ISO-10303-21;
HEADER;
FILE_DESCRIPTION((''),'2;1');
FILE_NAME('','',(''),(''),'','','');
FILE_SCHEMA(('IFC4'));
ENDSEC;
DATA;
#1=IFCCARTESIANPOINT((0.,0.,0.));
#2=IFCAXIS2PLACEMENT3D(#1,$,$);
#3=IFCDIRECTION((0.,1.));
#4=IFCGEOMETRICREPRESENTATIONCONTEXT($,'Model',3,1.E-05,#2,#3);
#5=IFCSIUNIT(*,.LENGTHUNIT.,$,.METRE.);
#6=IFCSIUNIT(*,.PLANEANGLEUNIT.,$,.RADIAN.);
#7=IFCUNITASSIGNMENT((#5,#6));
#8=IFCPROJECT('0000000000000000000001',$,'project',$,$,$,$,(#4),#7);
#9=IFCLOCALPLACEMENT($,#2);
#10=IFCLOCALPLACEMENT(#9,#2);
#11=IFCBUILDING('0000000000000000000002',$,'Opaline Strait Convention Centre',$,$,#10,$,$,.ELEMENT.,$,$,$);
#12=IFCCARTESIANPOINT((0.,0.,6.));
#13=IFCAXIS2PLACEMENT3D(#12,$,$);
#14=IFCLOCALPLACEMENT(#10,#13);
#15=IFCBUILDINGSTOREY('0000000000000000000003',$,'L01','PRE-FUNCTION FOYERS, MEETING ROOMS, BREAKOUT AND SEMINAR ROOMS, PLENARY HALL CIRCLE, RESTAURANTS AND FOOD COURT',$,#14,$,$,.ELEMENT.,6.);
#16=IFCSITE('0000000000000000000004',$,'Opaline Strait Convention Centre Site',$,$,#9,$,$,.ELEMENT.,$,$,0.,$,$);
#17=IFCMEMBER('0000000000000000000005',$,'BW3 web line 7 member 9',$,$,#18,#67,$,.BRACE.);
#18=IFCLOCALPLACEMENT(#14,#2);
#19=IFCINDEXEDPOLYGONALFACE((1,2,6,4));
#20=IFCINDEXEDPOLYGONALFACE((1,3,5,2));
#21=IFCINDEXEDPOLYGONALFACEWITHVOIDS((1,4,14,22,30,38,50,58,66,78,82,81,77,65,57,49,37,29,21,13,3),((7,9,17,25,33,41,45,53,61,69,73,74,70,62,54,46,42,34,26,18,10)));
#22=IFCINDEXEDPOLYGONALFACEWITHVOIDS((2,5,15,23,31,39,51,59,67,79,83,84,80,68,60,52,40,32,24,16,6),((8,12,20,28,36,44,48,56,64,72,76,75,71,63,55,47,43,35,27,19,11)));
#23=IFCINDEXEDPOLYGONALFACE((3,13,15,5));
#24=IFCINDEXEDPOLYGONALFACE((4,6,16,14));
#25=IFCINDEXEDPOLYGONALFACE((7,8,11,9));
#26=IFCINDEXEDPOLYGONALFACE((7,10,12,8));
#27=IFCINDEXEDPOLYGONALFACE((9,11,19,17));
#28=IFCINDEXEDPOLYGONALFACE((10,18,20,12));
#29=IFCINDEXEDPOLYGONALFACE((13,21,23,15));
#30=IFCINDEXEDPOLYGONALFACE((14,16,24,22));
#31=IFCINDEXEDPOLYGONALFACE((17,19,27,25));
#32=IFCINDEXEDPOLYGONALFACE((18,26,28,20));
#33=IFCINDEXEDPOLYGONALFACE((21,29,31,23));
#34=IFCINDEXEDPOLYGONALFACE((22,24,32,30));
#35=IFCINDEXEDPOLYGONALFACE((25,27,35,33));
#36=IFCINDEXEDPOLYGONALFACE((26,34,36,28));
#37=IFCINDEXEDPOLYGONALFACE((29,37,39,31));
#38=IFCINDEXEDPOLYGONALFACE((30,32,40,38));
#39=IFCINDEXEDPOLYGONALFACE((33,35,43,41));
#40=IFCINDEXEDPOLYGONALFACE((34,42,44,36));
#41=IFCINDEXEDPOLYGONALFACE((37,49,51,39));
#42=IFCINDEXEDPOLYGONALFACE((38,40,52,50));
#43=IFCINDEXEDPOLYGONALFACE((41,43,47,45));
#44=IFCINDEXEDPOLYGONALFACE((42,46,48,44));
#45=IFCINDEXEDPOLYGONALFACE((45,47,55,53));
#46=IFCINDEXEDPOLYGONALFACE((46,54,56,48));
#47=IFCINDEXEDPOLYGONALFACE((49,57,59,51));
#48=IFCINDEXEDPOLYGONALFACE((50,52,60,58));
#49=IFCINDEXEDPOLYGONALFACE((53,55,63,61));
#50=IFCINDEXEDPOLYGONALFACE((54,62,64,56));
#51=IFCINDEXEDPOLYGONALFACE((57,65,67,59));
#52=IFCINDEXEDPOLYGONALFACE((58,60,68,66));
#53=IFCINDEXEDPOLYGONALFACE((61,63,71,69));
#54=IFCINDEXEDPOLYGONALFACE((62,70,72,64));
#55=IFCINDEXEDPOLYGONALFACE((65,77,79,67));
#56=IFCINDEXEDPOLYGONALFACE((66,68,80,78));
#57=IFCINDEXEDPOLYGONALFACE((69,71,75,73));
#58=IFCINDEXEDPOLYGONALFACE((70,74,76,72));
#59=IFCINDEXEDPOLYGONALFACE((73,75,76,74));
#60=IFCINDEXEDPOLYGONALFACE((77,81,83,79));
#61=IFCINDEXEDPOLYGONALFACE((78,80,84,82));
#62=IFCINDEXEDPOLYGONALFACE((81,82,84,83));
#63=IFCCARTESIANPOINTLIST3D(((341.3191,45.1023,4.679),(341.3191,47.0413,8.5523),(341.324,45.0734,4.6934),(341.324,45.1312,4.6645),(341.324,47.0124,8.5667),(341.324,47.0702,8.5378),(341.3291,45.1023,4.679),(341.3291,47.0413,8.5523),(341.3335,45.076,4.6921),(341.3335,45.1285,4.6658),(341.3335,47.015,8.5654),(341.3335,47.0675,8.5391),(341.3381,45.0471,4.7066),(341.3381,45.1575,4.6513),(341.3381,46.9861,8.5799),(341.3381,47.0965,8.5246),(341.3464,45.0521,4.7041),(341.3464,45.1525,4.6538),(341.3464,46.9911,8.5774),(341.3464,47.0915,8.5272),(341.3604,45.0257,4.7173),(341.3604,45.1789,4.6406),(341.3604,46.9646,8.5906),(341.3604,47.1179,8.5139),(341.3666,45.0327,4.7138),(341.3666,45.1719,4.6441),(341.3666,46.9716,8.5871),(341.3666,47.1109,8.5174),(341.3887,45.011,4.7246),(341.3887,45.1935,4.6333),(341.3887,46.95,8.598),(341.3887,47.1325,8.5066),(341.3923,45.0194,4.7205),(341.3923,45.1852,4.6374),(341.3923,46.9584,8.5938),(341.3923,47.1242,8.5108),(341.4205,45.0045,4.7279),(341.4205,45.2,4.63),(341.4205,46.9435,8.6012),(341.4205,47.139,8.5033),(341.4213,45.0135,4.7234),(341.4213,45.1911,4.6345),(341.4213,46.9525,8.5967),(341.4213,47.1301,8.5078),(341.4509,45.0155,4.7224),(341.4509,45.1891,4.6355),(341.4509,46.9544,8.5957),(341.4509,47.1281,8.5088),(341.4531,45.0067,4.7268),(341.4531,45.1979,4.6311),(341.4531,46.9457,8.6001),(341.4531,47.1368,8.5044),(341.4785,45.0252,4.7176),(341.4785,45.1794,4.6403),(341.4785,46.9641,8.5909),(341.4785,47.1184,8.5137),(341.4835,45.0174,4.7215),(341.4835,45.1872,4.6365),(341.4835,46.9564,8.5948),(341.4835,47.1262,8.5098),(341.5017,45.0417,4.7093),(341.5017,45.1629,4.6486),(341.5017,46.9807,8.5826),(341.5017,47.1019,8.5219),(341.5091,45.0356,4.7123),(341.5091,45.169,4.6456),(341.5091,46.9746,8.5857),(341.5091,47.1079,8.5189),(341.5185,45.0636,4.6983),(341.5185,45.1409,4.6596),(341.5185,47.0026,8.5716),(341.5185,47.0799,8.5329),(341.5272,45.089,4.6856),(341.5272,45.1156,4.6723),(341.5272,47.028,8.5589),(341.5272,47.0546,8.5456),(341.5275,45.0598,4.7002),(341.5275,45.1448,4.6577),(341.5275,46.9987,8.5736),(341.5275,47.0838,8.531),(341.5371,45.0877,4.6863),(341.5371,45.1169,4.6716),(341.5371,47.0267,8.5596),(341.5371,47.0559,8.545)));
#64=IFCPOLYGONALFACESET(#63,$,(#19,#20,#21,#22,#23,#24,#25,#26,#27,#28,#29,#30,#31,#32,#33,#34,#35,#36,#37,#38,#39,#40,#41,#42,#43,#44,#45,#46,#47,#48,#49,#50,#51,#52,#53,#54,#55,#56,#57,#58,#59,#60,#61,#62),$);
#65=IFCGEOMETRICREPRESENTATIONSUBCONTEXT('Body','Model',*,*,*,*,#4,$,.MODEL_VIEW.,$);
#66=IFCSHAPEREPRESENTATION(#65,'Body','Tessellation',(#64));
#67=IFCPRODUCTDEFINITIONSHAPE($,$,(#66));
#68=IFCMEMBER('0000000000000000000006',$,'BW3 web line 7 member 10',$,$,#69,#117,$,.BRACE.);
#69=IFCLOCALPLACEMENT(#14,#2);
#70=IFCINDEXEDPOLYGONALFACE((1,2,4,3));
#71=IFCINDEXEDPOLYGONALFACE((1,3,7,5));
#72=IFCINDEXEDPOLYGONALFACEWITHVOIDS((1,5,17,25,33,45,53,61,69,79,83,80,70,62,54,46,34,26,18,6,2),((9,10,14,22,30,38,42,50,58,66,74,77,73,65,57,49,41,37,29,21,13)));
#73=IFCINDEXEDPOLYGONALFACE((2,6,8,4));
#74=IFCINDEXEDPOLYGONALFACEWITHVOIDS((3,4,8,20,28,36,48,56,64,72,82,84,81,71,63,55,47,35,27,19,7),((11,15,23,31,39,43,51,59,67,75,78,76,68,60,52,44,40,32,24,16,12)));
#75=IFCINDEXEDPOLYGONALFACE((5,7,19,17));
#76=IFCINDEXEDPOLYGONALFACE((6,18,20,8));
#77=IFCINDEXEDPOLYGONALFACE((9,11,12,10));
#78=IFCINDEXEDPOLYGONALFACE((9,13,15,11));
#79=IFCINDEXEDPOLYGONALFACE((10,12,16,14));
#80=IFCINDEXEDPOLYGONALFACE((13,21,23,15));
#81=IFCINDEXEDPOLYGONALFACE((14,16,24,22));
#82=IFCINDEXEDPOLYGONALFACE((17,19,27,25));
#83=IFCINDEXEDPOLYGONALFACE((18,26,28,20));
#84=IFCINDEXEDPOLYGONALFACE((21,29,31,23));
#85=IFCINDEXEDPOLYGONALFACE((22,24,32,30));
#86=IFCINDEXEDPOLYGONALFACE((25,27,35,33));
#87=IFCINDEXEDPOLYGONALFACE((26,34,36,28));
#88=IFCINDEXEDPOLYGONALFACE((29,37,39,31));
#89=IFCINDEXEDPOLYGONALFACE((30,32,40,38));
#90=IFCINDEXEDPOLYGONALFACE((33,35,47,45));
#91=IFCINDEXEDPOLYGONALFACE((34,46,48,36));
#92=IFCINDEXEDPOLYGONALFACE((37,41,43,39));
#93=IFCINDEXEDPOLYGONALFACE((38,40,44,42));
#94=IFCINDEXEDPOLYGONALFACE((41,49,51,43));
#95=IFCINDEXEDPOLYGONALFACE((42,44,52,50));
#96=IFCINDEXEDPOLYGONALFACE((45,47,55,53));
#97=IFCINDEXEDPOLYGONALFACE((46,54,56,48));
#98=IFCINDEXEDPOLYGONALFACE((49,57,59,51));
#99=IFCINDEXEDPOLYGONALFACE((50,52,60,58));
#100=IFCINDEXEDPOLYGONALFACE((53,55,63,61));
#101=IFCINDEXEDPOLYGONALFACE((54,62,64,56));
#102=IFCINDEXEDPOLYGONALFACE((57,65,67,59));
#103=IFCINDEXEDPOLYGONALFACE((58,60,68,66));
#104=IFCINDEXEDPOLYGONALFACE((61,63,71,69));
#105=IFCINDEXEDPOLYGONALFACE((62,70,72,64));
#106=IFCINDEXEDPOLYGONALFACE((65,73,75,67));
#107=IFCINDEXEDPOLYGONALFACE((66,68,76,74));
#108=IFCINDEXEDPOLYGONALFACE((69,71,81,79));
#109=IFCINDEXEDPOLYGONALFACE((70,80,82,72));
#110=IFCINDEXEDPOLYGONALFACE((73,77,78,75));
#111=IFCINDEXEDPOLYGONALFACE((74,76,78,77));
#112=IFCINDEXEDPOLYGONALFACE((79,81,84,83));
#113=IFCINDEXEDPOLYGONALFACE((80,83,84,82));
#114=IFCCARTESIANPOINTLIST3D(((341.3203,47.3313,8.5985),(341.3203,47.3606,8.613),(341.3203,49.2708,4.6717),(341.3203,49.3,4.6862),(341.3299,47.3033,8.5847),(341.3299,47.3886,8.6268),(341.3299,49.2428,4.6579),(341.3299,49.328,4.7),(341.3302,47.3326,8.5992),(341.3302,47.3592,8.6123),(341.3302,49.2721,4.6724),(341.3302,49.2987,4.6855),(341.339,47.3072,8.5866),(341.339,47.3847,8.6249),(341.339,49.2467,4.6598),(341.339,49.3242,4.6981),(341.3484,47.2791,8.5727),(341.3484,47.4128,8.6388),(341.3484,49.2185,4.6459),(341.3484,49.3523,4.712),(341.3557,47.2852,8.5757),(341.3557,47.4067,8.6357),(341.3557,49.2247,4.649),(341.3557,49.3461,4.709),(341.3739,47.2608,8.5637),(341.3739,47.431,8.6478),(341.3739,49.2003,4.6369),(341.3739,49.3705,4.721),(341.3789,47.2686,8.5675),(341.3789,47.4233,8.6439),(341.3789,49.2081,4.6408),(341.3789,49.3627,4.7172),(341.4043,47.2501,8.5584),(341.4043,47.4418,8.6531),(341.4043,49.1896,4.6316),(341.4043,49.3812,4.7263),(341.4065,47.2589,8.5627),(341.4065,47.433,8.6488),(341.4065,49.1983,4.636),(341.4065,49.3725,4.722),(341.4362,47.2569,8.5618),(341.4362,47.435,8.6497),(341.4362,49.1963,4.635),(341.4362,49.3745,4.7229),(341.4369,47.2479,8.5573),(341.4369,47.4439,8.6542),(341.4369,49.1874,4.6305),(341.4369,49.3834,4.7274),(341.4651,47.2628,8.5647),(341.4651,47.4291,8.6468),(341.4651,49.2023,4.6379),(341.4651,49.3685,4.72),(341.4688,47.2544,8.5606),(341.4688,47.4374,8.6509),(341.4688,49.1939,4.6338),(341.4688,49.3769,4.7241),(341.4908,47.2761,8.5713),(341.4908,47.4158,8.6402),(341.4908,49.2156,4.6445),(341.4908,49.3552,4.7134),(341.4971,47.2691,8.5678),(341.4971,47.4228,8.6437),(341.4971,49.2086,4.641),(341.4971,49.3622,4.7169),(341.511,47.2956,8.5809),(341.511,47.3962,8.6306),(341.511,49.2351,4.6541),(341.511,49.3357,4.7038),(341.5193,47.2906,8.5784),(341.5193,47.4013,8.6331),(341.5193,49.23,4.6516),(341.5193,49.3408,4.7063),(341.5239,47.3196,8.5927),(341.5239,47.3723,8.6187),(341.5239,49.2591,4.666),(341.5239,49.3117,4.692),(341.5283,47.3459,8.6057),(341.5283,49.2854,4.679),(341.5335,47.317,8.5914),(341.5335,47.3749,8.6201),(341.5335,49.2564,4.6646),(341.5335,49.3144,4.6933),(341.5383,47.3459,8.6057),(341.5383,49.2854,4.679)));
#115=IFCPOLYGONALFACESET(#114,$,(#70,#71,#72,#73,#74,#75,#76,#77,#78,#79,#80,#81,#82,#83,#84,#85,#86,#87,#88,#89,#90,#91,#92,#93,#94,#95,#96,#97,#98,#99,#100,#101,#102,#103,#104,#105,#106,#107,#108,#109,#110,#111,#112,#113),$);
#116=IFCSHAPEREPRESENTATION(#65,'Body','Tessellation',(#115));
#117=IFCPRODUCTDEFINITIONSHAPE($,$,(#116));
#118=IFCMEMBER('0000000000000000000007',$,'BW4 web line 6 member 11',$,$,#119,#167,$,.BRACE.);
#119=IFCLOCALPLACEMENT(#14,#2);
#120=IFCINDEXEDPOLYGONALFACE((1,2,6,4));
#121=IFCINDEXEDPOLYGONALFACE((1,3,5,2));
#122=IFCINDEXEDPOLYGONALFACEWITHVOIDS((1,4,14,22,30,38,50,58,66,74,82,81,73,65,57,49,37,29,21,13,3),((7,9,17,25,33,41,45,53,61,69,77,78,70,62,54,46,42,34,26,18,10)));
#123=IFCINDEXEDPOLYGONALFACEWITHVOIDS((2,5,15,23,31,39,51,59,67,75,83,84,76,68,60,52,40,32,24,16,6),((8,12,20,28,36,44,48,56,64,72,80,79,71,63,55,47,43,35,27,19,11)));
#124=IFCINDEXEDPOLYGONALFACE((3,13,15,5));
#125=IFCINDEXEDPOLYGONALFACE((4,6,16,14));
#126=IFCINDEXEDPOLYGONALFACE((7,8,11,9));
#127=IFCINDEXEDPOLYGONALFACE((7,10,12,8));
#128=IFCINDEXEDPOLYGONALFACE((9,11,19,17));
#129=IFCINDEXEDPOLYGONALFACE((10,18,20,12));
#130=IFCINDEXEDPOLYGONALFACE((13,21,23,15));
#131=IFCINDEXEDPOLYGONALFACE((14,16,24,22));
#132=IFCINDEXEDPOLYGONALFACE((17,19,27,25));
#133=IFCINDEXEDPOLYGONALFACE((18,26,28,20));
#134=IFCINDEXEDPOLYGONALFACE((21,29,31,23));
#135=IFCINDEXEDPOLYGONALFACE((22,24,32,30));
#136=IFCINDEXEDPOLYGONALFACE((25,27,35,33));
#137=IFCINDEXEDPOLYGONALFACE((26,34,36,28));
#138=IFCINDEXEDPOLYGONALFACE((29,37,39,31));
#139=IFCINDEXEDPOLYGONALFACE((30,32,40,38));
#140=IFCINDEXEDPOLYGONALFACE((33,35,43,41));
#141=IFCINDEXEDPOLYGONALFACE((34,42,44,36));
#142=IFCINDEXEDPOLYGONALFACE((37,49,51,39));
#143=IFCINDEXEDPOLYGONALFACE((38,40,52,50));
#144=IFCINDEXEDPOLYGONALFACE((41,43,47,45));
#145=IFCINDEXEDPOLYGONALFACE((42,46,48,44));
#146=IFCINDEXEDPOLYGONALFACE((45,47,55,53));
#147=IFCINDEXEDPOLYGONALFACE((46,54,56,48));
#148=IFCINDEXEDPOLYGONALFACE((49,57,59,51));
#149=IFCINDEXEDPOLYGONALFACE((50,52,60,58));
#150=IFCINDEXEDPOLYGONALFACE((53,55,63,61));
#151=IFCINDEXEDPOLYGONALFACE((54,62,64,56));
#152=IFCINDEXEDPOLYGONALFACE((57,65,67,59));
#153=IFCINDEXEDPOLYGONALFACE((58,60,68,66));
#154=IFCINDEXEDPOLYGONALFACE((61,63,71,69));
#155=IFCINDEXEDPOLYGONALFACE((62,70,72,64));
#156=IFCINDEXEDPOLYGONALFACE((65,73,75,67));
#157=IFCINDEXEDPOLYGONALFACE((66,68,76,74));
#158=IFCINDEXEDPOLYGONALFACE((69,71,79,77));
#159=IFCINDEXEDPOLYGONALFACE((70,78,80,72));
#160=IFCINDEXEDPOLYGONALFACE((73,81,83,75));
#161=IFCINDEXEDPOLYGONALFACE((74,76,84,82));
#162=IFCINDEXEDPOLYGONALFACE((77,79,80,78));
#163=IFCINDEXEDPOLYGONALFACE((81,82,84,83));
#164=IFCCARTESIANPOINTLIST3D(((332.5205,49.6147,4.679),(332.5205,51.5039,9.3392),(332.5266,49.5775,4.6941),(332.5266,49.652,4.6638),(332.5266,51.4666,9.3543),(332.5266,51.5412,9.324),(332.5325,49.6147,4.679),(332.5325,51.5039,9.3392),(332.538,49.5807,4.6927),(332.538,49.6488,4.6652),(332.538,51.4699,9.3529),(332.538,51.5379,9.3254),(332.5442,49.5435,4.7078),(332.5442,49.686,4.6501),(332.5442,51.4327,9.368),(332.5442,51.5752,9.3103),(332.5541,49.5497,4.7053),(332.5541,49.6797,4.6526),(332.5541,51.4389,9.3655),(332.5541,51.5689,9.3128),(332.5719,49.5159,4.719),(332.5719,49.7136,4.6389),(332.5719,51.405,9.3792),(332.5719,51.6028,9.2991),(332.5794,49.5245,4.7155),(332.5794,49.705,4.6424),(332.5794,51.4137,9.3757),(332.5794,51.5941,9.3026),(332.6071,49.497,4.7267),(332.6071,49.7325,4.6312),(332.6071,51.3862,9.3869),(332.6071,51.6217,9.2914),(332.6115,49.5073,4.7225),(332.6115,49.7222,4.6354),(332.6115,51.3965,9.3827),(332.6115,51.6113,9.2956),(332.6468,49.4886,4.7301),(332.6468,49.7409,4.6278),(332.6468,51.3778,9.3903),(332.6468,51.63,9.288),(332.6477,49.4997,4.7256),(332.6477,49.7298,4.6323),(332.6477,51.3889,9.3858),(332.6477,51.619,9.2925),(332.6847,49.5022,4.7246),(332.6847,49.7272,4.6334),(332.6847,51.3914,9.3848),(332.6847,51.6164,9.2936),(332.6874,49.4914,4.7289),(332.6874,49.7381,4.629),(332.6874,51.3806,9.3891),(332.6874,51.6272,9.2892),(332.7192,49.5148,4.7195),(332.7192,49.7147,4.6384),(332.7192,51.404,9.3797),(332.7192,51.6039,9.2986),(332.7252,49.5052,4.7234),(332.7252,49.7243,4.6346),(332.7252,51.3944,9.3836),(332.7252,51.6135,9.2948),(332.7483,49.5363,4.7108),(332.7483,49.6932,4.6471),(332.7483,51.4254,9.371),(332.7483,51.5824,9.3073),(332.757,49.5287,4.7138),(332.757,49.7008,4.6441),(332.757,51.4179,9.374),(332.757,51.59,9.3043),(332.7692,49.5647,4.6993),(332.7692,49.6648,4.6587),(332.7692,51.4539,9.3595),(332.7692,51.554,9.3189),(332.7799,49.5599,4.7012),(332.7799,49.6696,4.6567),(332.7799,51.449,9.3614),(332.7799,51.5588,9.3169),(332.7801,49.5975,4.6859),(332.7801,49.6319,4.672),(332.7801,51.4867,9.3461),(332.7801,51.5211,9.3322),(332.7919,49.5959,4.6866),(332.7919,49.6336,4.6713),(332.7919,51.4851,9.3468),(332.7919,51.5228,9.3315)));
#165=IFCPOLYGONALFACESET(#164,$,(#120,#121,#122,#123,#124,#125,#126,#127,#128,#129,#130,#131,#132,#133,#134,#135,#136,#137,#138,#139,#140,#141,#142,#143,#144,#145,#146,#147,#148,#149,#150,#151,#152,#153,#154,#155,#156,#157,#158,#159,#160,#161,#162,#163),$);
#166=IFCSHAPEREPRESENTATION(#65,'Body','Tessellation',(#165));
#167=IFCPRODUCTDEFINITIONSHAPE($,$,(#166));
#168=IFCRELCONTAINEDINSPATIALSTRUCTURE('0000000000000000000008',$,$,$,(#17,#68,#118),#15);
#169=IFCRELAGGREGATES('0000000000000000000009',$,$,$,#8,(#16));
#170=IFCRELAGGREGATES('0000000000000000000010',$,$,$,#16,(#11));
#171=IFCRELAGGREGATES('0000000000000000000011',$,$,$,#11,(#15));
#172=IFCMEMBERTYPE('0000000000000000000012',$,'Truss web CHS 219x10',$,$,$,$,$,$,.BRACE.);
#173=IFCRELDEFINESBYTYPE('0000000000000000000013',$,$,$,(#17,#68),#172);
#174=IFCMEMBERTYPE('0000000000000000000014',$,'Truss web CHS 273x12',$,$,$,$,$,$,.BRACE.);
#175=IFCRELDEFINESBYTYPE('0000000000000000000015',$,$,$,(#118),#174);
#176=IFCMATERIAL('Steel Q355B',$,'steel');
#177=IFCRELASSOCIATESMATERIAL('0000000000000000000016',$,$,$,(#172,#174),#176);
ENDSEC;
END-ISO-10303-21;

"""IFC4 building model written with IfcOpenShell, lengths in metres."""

from ifc_helpers import new_model, si_unit, direction, frame, origin, origin_2d, place, context, subcontext, project, spatial, hollow_circle, extrude, material, material_profile, profile_set, type_object, element, save


model = new_model("IFC4")

# Units and contexts
model_context = context("Model", 3, precision=1e-05, world=origin(), true_north=direction((0.0, 1.0)))
body_context = subcontext(model_context, "Body", "Model", "MODEL_VIEW")
ifc_project = project(units=[si_unit("LENGTHUNIT", "METRE"), si_unit("PLANEANGLEUNIT", "RADIAN")], contexts=[model_context])

# Site, building, storey
site_placement = place(None, origin())
site = spatial("IfcSite", under=ifc_project, at=site_placement, Name="Opaline Strait Convention Centre Site", CompositionType="ELEMENT", RefElevation=0.0)
building_placement = place(site_placement, origin())
building = spatial("IfcBuilding", under=site, at=building_placement, Name="Opaline Strait Convention Centre", CompositionType="ELEMENT")
storey_placement = place(building_placement, frame((0.0, 0.0, 6.0)))
storey = spatial("IfcBuildingStorey", under=building, at=storey_placement, Name="L01", Description="PRE-FUNCTION FOYERS, MEETING ROOMS, BREAKOUT AND SEMINAR ROOMS, PLENARY HALL CIRCLE, RESTAURANTS AND FOOD COURT", CompositionType="ELEMENT", Elevation=6.0)

# Members
ifc_material_1 = material(Name="Steel Q355B", Category="steel")
ifc_material_profile_1 = material_profile(ifc_material_1, hollow_circle(Radius=0.1096, WallThickness=0.01, at=origin_2d()), Name="CHS 219x10")
ifc_profile_set_1 = profile_set([ifc_material_profile_1], Name="Steel Q355B")
member_type_1 = type_object("IfcMemberType", Name="Truss web CHS 219x10", PredefinedType="BRACE", material=ifc_profile_set_1)
member_1_placement = place(storey_placement, frame((341.4287, 45.1023, 4.679), z_axis=(0.0, 0.447642, 0.894213), x_axis=(-1.0, 0.0, 0.0)))
element("IfcMember", 1, at=member_1_placement, inside=storey, type_object=member_type_1, Name="BW3 web line 7 member 9", PredefinedType="BRACE", context=body_context, shape_type="SweptSolid", body=[
    extrude(hollow_circle(Radius=0.1096, WallThickness=0.01, at=origin_2d()), origin(), (0.0, 0.0, 1.0), 4.3315),
])
member_2_placement = place(storey_placement, frame((341.4287, 49.2854, 4.679), z_axis=(0.0, -0.442838, 0.896602), x_axis=(1.0, 0.0, 0.0)))
element("IfcMember", 2, at=member_2_placement, inside=storey, type_object=member_type_1, Name="BW3 web line 7 member 10", PredefinedType="BRACE", context=body_context, shape_type="SweptSolid", body=[
    extrude(hollow_circle(Radius=0.1096, WallThickness=0.01, at=origin_2d()), origin(), (0.0, 0.0, 1.0), 4.3796),
])
ifc_material_profile_2 = material_profile(ifc_material_1, hollow_circle(Radius=0.1365, WallThickness=0.012, at=origin_2d()), Name="CHS 273x12")
ifc_profile_set_2 = profile_set([ifc_material_profile_2], Name="Steel Q355B")
member_type_2 = type_object("IfcMemberType", Name="Truss web CHS 273x12", PredefinedType="BRACE", material=ifc_profile_set_2)
for number, where, z_axis, x_axis, name in (
    (3, (332.657, 49.6147, 4.679), (0.0, 0.375689, 0.926746), (-1.0, 0.0, 0.0), "BW4 web line 6 member 11"),
):
    element("IfcMember", number, at=place(storey_placement, frame(where, z_axis=z_axis, x_axis=x_axis)), inside=storey, type_object=member_type_2, Name=name, PredefinedType="BRACE", context=body_context, shape_type="SweptSolid", body=[
        extrude(hollow_circle(Radius=0.1365, WallThickness=0.012, at=origin_2d()), origin(), (0.0, 0.0, 1.0), 5.0286),
    ])

save(model, "model.ifc")
